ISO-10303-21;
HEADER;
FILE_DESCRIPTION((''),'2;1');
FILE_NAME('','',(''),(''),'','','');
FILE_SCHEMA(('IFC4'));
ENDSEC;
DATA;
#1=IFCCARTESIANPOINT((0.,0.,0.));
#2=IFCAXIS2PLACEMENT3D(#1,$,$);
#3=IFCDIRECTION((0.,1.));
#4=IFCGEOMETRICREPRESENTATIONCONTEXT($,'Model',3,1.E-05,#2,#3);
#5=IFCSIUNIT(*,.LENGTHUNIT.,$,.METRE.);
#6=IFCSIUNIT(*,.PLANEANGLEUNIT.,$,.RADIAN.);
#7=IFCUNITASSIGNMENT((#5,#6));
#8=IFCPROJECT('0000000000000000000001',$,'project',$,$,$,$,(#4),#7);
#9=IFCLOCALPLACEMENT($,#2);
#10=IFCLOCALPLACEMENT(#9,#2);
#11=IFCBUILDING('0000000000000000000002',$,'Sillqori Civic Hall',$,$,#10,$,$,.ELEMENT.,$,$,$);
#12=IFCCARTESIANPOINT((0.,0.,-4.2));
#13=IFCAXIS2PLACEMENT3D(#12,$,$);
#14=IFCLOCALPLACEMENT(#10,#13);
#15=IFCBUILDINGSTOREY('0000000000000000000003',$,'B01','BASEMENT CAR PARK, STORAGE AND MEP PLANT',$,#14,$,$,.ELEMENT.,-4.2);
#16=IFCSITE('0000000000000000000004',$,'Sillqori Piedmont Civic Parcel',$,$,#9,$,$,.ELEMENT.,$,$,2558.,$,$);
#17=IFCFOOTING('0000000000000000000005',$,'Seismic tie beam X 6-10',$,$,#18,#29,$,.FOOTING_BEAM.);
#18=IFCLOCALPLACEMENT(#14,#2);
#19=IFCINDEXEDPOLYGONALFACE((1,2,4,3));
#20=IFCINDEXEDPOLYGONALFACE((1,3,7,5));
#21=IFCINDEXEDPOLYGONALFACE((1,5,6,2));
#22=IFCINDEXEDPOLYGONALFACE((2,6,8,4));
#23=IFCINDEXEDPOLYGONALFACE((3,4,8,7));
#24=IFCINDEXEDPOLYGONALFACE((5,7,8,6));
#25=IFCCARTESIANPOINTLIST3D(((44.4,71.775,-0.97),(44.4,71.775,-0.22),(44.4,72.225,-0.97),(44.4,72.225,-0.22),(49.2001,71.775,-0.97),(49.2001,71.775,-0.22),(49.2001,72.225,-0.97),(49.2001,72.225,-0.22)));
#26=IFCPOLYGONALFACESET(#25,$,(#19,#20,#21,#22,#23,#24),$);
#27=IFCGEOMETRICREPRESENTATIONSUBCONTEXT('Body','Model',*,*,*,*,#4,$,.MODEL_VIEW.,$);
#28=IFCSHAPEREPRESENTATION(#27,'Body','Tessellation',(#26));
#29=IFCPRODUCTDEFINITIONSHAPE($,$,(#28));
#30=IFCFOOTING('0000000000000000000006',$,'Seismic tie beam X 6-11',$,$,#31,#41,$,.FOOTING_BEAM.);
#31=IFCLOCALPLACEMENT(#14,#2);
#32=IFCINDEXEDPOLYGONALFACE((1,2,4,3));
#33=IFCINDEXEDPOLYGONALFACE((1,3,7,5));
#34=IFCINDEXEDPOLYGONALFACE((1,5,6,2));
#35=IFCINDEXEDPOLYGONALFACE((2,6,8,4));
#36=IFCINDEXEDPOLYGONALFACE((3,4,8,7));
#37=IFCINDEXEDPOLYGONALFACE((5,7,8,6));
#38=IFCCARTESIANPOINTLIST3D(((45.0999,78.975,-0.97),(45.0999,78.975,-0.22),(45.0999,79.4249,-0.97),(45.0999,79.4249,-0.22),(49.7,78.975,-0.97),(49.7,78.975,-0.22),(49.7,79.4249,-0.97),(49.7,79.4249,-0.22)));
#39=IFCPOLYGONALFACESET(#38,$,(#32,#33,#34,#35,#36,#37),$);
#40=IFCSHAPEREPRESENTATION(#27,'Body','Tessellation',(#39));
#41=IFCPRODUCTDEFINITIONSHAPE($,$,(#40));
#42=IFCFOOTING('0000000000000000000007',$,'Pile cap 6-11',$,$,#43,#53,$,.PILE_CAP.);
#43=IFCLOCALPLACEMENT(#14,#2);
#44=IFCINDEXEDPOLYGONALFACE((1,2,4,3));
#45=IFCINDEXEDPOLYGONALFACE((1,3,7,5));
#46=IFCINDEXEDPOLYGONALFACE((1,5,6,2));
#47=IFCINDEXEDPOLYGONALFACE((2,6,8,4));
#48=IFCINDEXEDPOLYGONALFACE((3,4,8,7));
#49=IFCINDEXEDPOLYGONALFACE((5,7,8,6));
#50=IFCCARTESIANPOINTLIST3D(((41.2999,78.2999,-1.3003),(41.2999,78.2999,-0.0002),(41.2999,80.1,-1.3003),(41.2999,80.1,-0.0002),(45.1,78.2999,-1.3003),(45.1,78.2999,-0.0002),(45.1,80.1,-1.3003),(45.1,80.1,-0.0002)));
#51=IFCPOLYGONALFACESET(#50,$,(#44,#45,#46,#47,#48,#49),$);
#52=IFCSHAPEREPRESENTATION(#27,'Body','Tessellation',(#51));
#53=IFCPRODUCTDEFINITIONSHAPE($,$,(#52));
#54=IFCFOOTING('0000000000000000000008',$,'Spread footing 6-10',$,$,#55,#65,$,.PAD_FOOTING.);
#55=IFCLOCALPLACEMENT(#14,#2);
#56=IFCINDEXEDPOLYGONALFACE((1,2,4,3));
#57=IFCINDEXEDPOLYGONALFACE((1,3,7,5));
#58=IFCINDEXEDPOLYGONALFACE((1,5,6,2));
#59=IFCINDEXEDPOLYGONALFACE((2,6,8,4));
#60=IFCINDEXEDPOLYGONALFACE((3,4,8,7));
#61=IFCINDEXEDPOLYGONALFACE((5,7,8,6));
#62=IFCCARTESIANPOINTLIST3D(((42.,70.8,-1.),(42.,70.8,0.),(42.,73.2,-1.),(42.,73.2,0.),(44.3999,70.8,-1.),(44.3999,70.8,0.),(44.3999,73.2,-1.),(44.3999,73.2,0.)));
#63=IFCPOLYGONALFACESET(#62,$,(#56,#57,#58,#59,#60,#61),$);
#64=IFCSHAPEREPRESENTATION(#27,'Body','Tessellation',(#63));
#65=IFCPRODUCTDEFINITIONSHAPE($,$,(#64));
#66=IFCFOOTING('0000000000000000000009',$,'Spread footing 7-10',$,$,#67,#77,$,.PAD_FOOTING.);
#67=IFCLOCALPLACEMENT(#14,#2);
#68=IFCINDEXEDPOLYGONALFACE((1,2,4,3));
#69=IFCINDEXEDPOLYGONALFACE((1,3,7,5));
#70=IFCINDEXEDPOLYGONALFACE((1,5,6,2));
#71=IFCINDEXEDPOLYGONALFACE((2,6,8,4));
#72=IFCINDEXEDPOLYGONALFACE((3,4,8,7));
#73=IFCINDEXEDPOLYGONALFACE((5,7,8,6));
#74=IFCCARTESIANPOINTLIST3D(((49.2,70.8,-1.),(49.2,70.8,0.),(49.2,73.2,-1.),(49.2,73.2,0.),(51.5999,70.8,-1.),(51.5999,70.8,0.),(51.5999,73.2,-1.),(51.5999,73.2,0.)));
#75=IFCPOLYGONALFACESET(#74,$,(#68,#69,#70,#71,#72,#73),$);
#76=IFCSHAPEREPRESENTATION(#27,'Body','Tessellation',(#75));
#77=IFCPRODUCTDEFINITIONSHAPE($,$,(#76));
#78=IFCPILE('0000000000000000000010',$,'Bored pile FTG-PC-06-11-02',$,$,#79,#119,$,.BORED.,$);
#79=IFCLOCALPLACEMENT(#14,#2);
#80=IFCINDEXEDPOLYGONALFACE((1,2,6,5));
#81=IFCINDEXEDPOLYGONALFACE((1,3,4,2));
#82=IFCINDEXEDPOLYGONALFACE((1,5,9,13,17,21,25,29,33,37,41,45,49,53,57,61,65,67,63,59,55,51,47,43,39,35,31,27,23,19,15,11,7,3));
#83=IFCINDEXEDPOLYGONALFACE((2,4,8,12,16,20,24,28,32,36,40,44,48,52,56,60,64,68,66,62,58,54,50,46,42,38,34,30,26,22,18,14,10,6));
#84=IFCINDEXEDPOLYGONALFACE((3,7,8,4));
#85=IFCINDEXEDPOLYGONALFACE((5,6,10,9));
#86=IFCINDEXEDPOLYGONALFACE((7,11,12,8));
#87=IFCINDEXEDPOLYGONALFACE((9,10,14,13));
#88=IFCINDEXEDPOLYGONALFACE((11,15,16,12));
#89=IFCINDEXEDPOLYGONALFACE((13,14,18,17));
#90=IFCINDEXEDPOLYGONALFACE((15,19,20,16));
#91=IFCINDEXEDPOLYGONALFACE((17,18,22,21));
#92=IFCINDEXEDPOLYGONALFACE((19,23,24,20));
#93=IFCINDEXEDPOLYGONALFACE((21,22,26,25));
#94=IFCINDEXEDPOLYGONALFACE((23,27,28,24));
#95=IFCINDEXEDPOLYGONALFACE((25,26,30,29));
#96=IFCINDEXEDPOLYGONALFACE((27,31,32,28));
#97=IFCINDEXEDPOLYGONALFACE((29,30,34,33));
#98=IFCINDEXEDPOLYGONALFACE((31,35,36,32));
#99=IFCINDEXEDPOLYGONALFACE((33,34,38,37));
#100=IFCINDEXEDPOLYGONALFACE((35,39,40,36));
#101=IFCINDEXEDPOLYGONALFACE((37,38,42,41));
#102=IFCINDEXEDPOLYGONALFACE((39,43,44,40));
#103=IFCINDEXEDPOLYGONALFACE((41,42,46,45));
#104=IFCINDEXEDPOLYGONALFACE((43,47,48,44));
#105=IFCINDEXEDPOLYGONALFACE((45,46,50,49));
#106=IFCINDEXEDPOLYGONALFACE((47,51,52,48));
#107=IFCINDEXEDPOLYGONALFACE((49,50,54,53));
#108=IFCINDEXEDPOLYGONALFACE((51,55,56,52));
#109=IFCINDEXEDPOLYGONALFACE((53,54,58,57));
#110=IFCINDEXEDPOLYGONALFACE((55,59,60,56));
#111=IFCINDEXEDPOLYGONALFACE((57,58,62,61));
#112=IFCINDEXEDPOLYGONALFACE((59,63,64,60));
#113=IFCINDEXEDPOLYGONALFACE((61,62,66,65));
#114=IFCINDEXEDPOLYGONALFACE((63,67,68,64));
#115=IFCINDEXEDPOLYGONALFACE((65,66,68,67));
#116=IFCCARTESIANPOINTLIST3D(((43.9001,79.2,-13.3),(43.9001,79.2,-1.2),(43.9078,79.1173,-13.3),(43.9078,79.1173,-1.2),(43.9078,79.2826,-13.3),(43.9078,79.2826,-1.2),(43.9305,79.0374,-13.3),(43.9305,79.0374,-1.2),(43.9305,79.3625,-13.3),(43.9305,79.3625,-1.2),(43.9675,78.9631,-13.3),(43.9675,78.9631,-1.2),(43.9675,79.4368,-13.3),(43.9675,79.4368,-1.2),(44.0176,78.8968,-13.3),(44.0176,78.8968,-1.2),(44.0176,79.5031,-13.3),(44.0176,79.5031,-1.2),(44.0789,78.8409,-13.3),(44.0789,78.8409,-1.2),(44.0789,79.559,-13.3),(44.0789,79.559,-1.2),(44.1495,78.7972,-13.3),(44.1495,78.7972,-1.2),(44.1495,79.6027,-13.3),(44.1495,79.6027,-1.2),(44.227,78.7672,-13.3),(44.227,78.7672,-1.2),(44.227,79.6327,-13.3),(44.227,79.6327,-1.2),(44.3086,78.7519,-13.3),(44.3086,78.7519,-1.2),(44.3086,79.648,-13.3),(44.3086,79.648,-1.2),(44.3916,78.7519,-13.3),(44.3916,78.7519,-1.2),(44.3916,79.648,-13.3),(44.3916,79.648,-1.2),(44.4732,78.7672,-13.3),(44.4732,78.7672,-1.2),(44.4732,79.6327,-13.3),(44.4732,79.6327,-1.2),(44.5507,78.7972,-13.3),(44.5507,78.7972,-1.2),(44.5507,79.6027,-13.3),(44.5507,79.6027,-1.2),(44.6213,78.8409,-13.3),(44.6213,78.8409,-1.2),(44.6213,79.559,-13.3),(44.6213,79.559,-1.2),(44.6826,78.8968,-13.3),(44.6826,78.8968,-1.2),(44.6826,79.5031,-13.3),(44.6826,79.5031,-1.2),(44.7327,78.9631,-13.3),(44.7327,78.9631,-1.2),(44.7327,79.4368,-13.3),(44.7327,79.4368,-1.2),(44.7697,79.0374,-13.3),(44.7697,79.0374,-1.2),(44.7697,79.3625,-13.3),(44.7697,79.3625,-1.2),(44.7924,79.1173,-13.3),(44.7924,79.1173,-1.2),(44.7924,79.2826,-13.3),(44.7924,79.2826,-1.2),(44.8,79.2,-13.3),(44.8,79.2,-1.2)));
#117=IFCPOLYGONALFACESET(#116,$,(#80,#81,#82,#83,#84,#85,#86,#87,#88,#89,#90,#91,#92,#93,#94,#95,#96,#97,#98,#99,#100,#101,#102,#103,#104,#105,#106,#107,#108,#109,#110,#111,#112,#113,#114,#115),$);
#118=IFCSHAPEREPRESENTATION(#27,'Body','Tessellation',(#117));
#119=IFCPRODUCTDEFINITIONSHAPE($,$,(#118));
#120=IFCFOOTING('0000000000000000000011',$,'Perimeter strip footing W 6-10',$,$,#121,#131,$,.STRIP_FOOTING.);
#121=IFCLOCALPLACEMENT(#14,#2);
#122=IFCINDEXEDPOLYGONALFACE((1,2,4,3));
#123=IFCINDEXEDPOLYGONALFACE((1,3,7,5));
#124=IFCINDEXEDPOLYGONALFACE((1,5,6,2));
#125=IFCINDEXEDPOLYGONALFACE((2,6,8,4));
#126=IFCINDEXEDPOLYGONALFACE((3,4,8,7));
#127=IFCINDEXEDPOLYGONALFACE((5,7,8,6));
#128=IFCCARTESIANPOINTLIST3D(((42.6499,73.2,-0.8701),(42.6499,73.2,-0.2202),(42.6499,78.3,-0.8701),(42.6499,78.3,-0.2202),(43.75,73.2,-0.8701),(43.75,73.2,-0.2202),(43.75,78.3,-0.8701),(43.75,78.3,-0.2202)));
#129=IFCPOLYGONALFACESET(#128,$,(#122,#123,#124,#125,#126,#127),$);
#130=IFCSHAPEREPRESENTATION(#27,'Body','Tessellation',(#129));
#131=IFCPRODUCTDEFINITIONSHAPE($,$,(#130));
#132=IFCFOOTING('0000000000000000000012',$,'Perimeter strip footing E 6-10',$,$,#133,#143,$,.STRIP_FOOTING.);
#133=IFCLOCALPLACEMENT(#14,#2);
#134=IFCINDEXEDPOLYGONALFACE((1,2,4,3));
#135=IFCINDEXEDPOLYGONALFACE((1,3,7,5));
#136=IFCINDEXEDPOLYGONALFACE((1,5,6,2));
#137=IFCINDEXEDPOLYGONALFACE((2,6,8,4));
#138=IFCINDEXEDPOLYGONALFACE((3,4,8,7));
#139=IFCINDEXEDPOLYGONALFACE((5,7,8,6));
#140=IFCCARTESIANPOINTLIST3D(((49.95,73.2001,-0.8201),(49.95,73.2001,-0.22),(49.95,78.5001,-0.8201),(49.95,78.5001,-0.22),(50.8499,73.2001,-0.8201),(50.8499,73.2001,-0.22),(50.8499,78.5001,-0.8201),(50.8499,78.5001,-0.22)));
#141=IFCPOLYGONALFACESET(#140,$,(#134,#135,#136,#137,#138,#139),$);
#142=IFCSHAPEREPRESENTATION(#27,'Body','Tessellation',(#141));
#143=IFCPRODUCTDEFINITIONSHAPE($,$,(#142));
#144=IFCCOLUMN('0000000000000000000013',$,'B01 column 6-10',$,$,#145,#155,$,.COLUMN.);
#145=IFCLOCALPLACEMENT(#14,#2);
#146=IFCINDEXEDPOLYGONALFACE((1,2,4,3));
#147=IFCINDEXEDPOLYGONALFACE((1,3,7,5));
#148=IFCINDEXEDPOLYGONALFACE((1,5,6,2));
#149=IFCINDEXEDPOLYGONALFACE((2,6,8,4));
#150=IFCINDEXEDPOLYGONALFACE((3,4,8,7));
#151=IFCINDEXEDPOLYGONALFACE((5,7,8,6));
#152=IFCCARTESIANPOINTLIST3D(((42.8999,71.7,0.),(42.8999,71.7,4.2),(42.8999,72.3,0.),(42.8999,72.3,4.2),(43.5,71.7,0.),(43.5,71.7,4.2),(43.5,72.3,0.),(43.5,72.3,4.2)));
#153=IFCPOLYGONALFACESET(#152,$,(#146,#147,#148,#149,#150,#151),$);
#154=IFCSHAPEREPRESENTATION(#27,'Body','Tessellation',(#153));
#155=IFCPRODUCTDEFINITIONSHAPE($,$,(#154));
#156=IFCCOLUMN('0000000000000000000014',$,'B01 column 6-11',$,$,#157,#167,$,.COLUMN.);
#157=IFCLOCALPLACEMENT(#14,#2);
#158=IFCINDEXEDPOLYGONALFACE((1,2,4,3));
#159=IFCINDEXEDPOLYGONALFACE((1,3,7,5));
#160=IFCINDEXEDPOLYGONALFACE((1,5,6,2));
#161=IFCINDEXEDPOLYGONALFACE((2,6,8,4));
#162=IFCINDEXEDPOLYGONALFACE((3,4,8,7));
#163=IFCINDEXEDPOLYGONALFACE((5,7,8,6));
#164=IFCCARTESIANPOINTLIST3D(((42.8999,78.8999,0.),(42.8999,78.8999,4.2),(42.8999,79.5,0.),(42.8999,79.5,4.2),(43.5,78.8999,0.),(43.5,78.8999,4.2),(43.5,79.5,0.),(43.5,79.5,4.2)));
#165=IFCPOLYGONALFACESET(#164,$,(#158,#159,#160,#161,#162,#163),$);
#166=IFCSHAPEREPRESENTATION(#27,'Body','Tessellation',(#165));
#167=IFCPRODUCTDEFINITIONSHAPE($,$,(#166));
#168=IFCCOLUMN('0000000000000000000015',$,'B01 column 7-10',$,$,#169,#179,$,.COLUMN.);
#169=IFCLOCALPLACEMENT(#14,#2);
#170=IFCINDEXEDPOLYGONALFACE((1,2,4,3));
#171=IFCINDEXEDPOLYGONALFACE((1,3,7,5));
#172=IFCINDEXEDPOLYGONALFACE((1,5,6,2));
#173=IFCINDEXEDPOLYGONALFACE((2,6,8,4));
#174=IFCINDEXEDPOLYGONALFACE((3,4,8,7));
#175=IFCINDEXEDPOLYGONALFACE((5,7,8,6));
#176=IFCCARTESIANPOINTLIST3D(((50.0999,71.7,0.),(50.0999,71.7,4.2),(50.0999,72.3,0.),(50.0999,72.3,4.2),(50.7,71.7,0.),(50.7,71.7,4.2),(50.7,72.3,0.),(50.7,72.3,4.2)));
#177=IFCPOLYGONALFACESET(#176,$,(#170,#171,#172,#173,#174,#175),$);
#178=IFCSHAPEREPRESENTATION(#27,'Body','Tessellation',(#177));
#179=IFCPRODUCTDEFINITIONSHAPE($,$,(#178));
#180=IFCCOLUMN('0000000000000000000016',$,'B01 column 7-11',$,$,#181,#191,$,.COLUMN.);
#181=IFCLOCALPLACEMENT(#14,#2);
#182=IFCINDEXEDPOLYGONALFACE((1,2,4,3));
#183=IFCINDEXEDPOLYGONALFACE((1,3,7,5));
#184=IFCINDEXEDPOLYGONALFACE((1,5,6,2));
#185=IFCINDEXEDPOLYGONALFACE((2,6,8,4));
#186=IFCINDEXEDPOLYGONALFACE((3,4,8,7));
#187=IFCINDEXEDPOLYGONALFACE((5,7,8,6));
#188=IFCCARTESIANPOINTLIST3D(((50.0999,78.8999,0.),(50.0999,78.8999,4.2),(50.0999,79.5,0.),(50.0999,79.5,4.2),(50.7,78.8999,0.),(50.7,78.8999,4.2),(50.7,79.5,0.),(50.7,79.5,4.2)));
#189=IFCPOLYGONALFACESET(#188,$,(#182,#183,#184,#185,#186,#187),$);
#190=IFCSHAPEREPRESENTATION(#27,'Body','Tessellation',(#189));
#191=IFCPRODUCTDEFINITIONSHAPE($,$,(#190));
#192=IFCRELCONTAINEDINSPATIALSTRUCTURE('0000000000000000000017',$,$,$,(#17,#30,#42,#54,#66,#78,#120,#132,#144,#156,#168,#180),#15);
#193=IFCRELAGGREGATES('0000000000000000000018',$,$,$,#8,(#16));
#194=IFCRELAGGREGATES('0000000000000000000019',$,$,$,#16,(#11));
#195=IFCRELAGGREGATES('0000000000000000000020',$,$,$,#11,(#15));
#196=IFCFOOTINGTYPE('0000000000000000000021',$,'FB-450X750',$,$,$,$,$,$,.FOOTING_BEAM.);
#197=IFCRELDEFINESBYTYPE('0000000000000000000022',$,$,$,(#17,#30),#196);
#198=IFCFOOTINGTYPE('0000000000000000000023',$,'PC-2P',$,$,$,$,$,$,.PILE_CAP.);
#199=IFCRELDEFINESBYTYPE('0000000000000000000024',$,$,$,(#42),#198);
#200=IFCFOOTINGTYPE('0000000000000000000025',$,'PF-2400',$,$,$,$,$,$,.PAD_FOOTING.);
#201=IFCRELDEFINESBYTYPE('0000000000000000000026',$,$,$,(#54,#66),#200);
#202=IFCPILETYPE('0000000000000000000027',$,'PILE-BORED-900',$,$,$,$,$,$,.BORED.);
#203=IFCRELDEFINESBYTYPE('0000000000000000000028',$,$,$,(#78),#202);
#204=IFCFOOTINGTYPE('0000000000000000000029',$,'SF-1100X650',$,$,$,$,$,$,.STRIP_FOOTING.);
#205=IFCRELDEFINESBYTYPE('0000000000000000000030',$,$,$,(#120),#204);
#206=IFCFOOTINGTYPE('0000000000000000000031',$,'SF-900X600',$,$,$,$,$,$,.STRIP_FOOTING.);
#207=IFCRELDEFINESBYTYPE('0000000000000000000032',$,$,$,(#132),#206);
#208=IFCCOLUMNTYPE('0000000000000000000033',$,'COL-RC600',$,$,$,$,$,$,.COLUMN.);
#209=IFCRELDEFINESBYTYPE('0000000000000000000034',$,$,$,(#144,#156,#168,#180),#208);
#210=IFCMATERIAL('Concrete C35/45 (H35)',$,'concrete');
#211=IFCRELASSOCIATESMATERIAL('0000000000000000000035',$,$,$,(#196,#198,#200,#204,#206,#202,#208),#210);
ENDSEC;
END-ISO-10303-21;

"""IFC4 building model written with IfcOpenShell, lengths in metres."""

from ifc_helpers import new_model, si_unit, direction, frame, origin, origin_2d, place, context, subcontext, project, spatial, rectangle, circle, extrude, material, material_profile, profile_set, type_object, element, save


model = new_model("IFC4")

# Units and contexts
model_context = context("Model", 3, precision=1e-05, world=origin(), true_north=direction((0.0, 1.0)))
body_context = subcontext(model_context, "Body", "Model", "MODEL_VIEW")
ifc_project = project(units=[si_unit("LENGTHUNIT", "METRE"), si_unit("PLANEANGLEUNIT", "RADIAN")], contexts=[model_context])

# Site, building, storey
site_placement = place(None, origin())
site = spatial("IfcSite", under=ifc_project, at=site_placement, Name="Sillqori Piedmont Civic Parcel", CompositionType="ELEMENT", RefElevation=2558.0)
building_placement = place(site_placement, origin())
building = spatial("IfcBuilding", under=site, at=building_placement, Name="Sillqori Civic Hall", CompositionType="ELEMENT")
storey_placement = place(building_placement, frame((0.0, 0.0, -4.2)))
storey = spatial("IfcBuildingStorey", under=building, at=storey_placement, Name="B01", Description="BASEMENT CAR PARK, STORAGE AND MEP PLANT", CompositionType="ELEMENT", Elevation=-4.2)

# Footings
ifc_material_1 = material(Name="Concrete C35/45 (H35)", Category="concrete")
footing_type_1 = type_object("IfcFootingType", Name="FB-450X750", PredefinedType="FOOTING_BEAM", material=ifc_material_1)
footing_1_placement = place(storey_placement, frame((46.8, 72.0, -0.97), z_axis=(0.0, 0.0, 1.0), x_axis=(1.0, 0.0, 0.0)))
element("IfcFooting", 1, at=footing_1_placement, inside=storey, type_object=footing_type_1, Name="Seismic tie beam X 6-10", PredefinedType="FOOTING_BEAM", context=body_context, shape_type="SweptSolid", body=[
    extrude(rectangle(XDim=4.8, YDim=0.45, at=origin_2d()), origin(), (0.0, 0.0, 1.0), 0.75),
])
footing_2_placement = place(storey_placement, frame((47.3999, 79.2, -0.97), z_axis=(0.0, 0.0, 1.0), x_axis=(1.0, 0.0, 0.0)))
element("IfcFooting", 2, at=footing_2_placement, inside=storey, type_object=footing_type_1, Name="Seismic tie beam X 6-11", PredefinedType="FOOTING_BEAM", context=body_context, shape_type="SweptSolid", body=[
    extrude(rectangle(XDim=4.6001, YDim=0.45, at=origin_2d()), origin(), (0.0, 0.0, 1.0), 0.75),
])
footing_type_2 = type_object("IfcFootingType", Name="PC-2P", PredefinedType="PILE_CAP", material=ifc_material_1)
footing_3_placement = place(storey_placement, frame((43.2, 79.2, -1.3003), z_axis=(0.0, 0.0, 1.0), x_axis=(1.0, 0.0, 0.0)))
element("IfcFooting", 3, at=footing_3_placement, inside=storey, type_object=footing_type_2, Name="Pile cap 6-11", PredefinedType="PILE_CAP", context=body_context, shape_type="SweptSolid", body=[
    extrude(rectangle(XDim=3.8, YDim=1.8, at=origin_2d()), origin(), (0.0, 0.0, 1.0), 1.3),
])
footing_type_3 = type_object("IfcFootingType", Name="PF-2400", PredefinedType="PAD_FOOTING", material=ifc_material_1)
for number, where, z_axis, x_axis, name in (
    (4, (43.2, 72.0, -1.0), (0.0, 0.0, 1.0), (1.0, 0.0, 0.0), "Spread footing 6-10"),
    (5, (50.3999, 72.0, -1.0), (0.0, 0.0, 1.0), (1.0, 0.0, 0.0), "Spread footing 7-10"),
):
    element("IfcFooting", number, at=place(storey_placement, frame(where, z_axis=z_axis, x_axis=x_axis)), inside=storey, type_object=footing_type_3, Name=name, PredefinedType="PAD_FOOTING", context=body_context, shape_type="SweptSolid", body=[
        extrude(rectangle(XDim=2.3999, YDim=2.3999, at=origin_2d()), origin(), (0.0, 0.0, 1.0), 1.0),
    ])

# Pile
ifc_material_profile_1 = material_profile(ifc_material_1, circle(Radius=0.45, at=origin_2d()), Name="BORED PILE 900")
ifc_profile_set_1 = profile_set([ifc_material_profile_1], Name="Concrete C35/45 (H35)")
pile_type = type_object("IfcPileType", Name="PILE-BORED-900", PredefinedType="BORED", material=ifc_profile_set_1)
pile_placement = place(storey_placement, frame((44.3501, 79.2, -1.2), z_axis=(0.0, 0.0, -1.0), x_axis=(1.0, 0.0, 0.0)))
element("IfcPile", 6, at=pile_placement, inside=storey, type_object=pile_type, Name="Bored pile FTG-PC-06-11-02", PredefinedType="BORED", context=body_context, shape_type="SweptSolid", body=[
    extrude(circle(Radius=0.45, at=origin_2d()), origin(), (0.0, 0.0, 1.0), 12.1001),
])

# Footings
footing_type_4 = type_object("IfcFootingType", Name="SF-1100X650", PredefinedType="STRIP_FOOTING", material=ifc_material_1)
footing_4_placement = place(storey_placement, frame((43.2, 75.75, -0.8701), z_axis=(0.0, 0.0, 1.0), x_axis=(1.0, 0.0, 0.0)))
element("IfcFooting", 7, at=footing_4_placement, inside=storey, type_object=footing_type_4, Name="Perimeter strip footing W 6-10", PredefinedType="STRIP_FOOTING", context=body_context, shape_type="SweptSolid", body=[
    extrude(rectangle(XDim=1.1001, YDim=5.1001, at=origin_2d()), origin(), (0.0, 0.0, 1.0), 0.6499),
])
footing_type_5 = type_object("IfcFootingType", Name="SF-900X600", PredefinedType="STRIP_FOOTING", material=ifc_material_1)
footing_5_placement = place(storey_placement, frame((50.3999, 75.8501, -0.8201), z_axis=(0.0, 0.0, 1.0), x_axis=(1.0, 0.0, 0.0)))
element("IfcFooting", 8, at=footing_5_placement, inside=storey, type_object=footing_type_5, Name="Perimeter strip footing E 6-10", PredefinedType="STRIP_FOOTING", context=body_context, shape_type="SweptSolid", body=[
    extrude(rectangle(XDim=0.8999, YDim=5.3, at=origin_2d()), origin(), (0.0, 0.0, 1.0), 0.6001),
])

# Columns
ifc_material_profile_2 = material_profile(ifc_material_1, rectangle(XDim=0.6001, YDim=0.6001, at=origin_2d()), Name="RC 600x600")
ifc_profile_set_2 = profile_set([ifc_material_profile_2], Name="Concrete C35/45 (H35)")
column_type = type_object("IfcColumnType", Name="COL-RC600", PredefinedType="COLUMN", material=ifc_profile_set_2)
for number, where, z_axis, x_axis, name in (
    (9, (43.2, 72.0, 0.0), (0.0, 0.0, 1.0), (1.0, 0.0, 0.0), "B01 column 6-10"),
    (10, (43.2, 79.2, 0.0), (0.0, 0.0, 1.0), (1.0, 0.0, 0.0), "B01 column 6-11"),
    (11, (50.3999, 72.0, 0.0), (0.0, 0.0, 1.0), (1.0, 0.0, 0.0), "B01 column 7-10"),
    (12, (50.3999, 79.2, 0.0), (0.0, 0.0, 1.0), (1.0, 0.0, 0.0), "B01 column 7-11"),
):
    element("IfcColumn", number, at=place(storey_placement, frame(where, z_axis=z_axis, x_axis=x_axis)), inside=storey, type_object=column_type, Name=name, PredefinedType="COLUMN", context=body_context, shape_type="SweptSolid", body=[
        extrude(rectangle(XDim=0.6001, YDim=0.6001, at=origin_2d()), origin(), (0.0, 0.0, 1.0), 4.2),
    ])

save(model, "model.ifc")
